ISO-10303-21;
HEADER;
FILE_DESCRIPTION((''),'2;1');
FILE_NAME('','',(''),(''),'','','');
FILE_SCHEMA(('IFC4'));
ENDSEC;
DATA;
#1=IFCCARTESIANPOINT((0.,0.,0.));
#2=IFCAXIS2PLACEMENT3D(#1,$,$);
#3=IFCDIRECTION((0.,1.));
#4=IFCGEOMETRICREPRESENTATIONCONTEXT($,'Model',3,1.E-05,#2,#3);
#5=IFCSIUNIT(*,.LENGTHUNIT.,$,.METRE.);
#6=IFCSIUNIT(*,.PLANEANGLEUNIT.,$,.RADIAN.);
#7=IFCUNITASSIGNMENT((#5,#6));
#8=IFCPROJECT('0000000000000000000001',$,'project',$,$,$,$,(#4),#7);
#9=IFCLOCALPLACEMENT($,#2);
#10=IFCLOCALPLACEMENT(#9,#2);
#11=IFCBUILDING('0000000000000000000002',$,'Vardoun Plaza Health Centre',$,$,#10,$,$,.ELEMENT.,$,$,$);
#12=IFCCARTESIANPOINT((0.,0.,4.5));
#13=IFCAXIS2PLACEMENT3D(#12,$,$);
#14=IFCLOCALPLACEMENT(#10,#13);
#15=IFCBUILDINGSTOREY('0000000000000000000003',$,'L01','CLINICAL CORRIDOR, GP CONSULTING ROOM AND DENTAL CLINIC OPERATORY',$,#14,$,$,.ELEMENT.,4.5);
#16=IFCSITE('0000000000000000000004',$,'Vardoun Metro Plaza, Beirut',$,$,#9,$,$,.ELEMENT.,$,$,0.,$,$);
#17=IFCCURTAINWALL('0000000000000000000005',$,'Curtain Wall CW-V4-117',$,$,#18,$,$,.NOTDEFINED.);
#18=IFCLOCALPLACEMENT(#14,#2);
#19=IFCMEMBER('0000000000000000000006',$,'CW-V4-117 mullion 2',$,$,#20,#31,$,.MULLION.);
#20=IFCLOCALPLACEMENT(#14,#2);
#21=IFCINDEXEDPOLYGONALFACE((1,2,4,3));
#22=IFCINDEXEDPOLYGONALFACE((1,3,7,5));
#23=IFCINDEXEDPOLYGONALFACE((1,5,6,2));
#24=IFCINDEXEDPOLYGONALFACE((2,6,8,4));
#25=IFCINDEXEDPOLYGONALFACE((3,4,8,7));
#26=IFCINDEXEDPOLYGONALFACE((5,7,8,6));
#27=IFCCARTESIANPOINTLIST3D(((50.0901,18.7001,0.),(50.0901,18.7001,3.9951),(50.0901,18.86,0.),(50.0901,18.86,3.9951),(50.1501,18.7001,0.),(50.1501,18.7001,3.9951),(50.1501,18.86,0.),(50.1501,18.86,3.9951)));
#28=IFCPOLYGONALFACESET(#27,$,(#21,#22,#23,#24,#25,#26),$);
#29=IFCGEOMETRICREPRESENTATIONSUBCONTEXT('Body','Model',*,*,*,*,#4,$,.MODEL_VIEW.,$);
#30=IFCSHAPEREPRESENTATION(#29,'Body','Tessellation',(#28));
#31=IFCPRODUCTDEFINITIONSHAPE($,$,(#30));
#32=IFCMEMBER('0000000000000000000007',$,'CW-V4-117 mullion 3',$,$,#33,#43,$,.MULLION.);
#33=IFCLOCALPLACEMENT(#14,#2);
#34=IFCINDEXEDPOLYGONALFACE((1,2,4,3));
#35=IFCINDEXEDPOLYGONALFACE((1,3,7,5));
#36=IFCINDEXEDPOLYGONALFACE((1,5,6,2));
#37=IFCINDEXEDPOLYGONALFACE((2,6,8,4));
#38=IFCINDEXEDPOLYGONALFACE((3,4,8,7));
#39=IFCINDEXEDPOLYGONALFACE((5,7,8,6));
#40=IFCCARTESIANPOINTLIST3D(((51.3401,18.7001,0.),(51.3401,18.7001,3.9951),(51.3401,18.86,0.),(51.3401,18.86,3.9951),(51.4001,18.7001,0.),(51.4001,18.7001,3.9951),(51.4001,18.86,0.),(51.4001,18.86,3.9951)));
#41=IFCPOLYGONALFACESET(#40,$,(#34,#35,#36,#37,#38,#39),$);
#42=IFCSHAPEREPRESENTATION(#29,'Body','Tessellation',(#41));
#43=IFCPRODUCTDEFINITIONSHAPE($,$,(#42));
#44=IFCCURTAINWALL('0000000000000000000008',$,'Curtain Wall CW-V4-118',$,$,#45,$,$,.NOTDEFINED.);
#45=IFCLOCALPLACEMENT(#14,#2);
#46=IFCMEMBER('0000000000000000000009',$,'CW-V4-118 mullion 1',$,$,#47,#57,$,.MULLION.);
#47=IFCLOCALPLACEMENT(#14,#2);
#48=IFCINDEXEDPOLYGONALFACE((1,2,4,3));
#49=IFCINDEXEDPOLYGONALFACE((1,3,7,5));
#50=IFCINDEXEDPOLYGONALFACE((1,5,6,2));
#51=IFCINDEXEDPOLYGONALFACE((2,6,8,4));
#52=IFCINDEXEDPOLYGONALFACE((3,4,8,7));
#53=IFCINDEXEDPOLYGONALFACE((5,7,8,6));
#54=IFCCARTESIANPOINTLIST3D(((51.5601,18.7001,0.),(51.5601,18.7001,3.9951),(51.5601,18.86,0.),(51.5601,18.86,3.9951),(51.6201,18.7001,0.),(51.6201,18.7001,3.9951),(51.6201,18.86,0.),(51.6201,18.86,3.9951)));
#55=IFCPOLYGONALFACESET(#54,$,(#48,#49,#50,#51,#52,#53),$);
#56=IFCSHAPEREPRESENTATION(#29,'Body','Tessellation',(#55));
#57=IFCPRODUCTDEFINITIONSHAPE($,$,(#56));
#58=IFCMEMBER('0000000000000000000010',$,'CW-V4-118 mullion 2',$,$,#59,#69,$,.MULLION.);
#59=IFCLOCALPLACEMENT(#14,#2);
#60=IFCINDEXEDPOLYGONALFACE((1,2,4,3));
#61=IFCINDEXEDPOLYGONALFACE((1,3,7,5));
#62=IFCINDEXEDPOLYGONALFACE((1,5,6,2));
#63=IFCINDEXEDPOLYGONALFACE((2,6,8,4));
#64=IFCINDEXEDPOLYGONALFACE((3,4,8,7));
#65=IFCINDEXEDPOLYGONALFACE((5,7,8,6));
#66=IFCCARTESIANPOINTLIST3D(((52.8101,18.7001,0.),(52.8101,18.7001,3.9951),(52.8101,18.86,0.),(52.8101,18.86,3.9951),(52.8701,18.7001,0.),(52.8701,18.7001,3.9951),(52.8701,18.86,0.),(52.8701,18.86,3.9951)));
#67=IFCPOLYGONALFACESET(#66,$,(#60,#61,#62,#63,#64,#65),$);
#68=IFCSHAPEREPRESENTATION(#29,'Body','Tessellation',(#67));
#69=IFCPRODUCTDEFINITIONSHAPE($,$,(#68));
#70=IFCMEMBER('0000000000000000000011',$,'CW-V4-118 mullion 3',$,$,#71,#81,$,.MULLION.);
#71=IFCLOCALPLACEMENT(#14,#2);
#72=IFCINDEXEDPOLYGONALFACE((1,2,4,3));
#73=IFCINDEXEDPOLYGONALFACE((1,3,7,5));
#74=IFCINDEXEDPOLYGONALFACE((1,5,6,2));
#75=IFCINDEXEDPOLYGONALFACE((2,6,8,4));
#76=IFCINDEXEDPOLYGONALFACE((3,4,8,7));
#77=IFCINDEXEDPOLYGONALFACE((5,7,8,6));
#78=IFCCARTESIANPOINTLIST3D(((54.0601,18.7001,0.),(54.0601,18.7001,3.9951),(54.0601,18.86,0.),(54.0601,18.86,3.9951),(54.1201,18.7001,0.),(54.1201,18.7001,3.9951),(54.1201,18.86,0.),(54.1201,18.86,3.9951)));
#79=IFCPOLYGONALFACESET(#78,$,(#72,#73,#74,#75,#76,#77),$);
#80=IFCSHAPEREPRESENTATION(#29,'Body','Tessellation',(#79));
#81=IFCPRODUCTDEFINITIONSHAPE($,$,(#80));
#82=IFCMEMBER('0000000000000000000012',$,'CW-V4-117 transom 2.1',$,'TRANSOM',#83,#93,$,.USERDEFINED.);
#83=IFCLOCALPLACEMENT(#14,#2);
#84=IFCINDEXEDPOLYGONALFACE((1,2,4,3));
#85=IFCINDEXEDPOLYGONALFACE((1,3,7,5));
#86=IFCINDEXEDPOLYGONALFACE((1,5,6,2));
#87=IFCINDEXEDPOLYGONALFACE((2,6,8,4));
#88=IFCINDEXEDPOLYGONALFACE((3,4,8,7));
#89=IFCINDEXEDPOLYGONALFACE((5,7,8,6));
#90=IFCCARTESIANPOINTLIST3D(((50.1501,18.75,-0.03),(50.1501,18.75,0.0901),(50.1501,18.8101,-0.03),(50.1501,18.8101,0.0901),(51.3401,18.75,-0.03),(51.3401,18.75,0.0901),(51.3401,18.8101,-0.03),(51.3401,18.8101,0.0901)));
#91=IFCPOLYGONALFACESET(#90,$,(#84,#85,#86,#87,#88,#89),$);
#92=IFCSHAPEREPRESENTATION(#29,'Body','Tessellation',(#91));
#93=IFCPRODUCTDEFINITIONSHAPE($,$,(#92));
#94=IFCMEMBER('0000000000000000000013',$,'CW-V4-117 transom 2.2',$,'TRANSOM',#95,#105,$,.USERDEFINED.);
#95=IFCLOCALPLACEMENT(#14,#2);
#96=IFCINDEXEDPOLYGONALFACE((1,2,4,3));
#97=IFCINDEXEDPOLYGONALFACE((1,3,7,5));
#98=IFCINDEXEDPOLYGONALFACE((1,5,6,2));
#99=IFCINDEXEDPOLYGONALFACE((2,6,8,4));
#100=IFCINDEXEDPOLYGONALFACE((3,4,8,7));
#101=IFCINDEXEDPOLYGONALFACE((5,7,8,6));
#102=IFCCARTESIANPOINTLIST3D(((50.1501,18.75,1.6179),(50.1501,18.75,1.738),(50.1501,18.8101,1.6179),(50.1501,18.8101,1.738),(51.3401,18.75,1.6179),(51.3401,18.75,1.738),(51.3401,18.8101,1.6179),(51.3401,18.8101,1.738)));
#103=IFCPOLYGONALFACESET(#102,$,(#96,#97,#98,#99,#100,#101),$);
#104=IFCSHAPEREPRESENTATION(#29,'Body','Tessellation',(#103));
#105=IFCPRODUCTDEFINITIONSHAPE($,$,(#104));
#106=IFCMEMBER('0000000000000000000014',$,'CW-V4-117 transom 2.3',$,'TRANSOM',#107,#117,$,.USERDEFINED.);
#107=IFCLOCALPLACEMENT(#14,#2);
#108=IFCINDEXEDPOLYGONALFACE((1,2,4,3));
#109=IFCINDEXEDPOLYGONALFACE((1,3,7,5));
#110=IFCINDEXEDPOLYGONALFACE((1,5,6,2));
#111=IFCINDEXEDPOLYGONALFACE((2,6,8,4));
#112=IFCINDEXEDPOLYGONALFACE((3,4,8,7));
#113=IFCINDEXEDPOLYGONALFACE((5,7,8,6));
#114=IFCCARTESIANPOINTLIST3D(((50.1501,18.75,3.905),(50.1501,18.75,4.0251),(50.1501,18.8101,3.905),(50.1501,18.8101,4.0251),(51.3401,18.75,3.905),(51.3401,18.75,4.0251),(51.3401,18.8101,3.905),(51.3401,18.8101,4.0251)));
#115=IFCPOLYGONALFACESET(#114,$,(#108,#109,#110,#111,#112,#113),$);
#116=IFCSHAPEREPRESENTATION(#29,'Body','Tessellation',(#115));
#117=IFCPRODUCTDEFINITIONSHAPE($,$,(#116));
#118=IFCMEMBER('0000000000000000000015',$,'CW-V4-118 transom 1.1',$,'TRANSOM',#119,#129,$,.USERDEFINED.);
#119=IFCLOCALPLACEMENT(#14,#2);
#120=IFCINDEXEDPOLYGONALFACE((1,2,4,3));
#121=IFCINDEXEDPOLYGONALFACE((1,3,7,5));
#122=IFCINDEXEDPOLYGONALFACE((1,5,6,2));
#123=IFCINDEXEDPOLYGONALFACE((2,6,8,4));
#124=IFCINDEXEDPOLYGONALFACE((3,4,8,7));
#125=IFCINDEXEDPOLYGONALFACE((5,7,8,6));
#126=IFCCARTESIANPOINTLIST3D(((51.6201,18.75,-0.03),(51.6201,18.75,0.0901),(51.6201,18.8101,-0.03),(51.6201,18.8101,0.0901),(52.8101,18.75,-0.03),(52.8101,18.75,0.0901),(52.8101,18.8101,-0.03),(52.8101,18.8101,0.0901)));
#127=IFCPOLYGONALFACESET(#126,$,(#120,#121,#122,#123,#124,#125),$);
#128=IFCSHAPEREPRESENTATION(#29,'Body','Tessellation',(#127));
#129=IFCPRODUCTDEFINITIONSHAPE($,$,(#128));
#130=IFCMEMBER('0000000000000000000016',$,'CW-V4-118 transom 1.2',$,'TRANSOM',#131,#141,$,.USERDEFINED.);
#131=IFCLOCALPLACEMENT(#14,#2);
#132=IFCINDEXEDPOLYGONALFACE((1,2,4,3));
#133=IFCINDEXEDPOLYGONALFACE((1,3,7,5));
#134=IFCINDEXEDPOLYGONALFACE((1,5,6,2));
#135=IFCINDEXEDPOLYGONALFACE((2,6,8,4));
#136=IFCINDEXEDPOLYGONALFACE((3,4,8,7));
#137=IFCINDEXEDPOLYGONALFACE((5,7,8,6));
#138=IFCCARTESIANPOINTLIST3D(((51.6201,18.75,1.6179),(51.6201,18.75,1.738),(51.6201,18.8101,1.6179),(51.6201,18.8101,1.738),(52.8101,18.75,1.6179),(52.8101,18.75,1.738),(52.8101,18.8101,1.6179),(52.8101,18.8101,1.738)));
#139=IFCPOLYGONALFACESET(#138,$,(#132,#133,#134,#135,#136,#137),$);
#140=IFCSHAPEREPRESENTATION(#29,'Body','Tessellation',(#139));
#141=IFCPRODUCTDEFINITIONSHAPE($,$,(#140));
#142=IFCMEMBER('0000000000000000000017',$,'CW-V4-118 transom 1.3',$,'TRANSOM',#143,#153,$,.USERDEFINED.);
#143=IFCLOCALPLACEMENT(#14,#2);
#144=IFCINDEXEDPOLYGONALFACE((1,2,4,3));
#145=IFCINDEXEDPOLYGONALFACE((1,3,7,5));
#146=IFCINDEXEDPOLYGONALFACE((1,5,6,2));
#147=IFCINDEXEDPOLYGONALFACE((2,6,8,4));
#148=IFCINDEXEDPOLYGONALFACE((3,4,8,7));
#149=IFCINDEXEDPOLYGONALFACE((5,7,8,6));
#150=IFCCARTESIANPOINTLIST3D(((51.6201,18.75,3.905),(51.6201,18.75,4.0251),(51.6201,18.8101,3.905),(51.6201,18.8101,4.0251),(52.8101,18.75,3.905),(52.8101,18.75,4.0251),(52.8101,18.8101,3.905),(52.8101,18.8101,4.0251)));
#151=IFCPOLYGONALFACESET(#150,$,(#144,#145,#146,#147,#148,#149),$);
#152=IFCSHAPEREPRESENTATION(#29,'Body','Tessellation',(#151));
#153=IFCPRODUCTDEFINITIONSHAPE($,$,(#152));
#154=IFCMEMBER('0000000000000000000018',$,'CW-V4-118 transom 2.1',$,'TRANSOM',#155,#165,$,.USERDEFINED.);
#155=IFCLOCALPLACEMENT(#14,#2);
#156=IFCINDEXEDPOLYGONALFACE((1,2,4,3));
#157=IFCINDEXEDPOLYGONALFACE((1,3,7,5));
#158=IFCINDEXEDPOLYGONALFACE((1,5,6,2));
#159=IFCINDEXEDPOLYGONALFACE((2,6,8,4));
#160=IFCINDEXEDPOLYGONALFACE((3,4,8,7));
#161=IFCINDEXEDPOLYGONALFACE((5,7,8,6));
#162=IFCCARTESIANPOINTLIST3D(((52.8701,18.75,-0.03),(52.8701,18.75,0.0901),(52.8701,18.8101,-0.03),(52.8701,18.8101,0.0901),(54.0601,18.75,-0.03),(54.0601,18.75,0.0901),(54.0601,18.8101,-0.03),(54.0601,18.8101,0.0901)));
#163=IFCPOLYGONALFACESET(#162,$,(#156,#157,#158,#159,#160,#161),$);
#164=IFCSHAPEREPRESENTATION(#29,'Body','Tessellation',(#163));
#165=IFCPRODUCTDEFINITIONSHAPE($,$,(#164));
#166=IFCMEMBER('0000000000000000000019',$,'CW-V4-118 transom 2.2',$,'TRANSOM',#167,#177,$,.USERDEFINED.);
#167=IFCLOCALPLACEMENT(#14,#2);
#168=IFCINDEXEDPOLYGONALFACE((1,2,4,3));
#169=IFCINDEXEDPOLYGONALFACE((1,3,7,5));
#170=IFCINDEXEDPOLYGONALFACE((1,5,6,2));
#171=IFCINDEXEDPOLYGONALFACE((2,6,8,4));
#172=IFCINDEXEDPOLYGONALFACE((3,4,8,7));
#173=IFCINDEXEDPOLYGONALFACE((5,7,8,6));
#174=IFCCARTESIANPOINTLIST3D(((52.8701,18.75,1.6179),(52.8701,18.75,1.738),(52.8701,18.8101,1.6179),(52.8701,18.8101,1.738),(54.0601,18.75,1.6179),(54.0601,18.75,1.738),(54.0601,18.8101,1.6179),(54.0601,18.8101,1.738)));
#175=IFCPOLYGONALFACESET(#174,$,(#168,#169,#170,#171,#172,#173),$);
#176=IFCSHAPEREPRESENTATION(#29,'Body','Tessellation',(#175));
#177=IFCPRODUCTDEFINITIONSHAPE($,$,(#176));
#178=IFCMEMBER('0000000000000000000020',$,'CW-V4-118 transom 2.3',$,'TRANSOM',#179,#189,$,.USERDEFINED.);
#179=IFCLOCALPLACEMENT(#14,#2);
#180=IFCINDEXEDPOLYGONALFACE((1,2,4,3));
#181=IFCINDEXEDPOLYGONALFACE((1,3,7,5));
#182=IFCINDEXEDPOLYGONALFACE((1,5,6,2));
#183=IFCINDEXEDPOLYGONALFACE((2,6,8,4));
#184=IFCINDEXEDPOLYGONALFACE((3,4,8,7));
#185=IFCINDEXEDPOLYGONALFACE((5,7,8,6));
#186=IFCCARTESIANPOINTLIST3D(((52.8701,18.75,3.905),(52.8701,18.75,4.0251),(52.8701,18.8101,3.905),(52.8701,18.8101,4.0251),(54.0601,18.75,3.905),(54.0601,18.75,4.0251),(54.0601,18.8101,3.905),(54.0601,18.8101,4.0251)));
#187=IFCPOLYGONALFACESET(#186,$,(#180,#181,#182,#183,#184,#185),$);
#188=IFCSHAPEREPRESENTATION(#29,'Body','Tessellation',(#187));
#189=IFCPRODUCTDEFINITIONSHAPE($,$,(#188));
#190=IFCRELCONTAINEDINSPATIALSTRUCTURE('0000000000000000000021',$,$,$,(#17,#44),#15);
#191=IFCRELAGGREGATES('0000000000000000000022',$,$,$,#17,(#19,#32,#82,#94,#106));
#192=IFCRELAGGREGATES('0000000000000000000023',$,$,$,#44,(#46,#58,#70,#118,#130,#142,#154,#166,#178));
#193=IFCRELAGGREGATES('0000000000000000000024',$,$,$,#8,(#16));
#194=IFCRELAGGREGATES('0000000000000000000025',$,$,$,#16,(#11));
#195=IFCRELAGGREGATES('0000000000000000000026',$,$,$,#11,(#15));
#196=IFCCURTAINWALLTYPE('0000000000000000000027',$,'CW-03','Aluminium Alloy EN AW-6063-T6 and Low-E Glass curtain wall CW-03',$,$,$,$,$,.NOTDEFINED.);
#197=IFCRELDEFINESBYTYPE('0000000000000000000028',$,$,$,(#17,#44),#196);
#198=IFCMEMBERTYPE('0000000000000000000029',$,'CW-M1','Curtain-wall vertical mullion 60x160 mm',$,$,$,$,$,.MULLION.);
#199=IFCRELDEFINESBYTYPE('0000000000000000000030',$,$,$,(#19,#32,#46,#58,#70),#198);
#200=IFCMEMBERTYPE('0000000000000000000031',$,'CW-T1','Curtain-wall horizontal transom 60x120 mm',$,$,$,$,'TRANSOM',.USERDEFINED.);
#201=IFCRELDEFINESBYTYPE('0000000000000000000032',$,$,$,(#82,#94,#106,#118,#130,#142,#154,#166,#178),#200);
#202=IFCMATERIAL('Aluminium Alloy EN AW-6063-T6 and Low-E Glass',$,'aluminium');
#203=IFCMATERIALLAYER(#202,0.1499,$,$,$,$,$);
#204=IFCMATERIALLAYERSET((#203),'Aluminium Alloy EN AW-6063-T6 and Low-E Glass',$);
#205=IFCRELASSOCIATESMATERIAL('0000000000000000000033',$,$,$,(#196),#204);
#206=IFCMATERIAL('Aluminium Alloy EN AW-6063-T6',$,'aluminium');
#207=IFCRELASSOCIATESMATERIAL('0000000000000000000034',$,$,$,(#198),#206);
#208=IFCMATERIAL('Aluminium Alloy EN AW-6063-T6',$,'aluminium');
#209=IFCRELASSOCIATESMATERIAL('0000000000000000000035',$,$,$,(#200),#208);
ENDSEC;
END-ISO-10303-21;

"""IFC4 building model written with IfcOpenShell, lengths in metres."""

from ifc_helpers import new_model, si_unit, direction, frame, origin, origin_2d, place, context, subcontext, project, spatial, rectangle, extrude, material, layer, layer_set, material_profile, profile_set, type_object, element, aggregate, save


model = new_model("IFC4")

# Units and contexts
model_context = context("Model", 3, precision=1e-05, world=origin(), true_north=direction((0.0, 1.0)))
body_context = subcontext(model_context, "Body", "Model", "MODEL_VIEW")
ifc_project = project(units=[si_unit("LENGTHUNIT", "METRE"), si_unit("PLANEANGLEUNIT", "RADIAN")], contexts=[model_context])

# Site, building, storey
site_placement = place(None, origin())
site = spatial("IfcSite", under=ifc_project, at=site_placement, Name="Vardoun Metro Plaza, Beirut", CompositionType="ELEMENT", RefElevation=0.0)
building_placement = place(site_placement, origin())
building = spatial("IfcBuilding", under=site, at=building_placement, Name="Vardoun Plaza Health Centre", CompositionType="ELEMENT")
storey_placement = place(building_placement, frame((0.0, 0.0, 4.5)))
storey = spatial("IfcBuildingStorey", under=building, at=storey_placement, Name="L01", Description="CLINICAL CORRIDOR, GP CONSULTING ROOM AND DENTAL CLINIC OPERATORY", CompositionType="ELEMENT", Elevation=4.5)

# Curtain walls, members
ifc_material_1 = material(Name="Aluminium Alloy EN AW-6063-T6 and Low-E Glass", Category="aluminium")
ifc_layer_1 = layer(ifc_material_1, 0.1499)
ifc_layer_set_1 = layer_set([ifc_layer_1], Name="Aluminium Alloy EN AW-6063-T6 and Low-E Glass")
curtain_wall_type = type_object("IfcCurtainWallType", Name="CW-03", Description="Aluminium Alloy EN AW-6063-T6 and Low-E Glass curtain wall CW-03", PredefinedType="NOTDEFINED", material=ifc_layer_set_1)
curtain_wall_1_placement = place(storey_placement, origin())
curtain_wall_1 = element("IfcCurtainWall", 1, at=curtain_wall_1_placement, inside=storey, type_object=curtain_wall_type, Name="Curtain Wall CW-V4-117", PredefinedType="NOTDEFINED")
ifc_material_2 = material(Name="Aluminium Alloy EN AW-6063-T6", Category="aluminium")
ifc_material_profile_1 = material_profile(ifc_material_2, rectangle(XDim=0.1599, YDim=0.0601, at=origin_2d()), Name="CWM 60x160")
ifc_profile_set_1 = profile_set([ifc_material_profile_1], Name="Aluminium Alloy EN AW-6063-T6")
member_type_1 = type_object("IfcMemberType", Name="CW-M1", Description="Curtain-wall vertical mullion 60x160 mm", PredefinedType="MULLION", material=ifc_profile_set_1)
member_1_placement = place(storey_placement, frame((50.1201, 18.78, 0.0), z_axis=(0.0, 0.0, 1.0), x_axis=(0.0, 1.0, 0.0)))
member_1 = element("IfcMember", 2, at=member_1_placement, type_object=member_type_1, Name="CW-V4-117 mullion 2", PredefinedType="MULLION", context=body_context, shape_type="SweptSolid", body=[
    extrude(rectangle(XDim=0.1599, YDim=0.0601, at=origin_2d()), origin(), (0.0, 0.0, 1.0), 3.9951),
])
member_2_placement = place(storey_placement, frame((51.3701, 18.78, 0.0), z_axis=(0.0, 0.0, 1.0), x_axis=(0.0, 1.0, 0.0)))
member_2 = element("IfcMember", 3, at=member_2_placement, type_object=member_type_1, Name="CW-V4-117 mullion 3", PredefinedType="MULLION", context=body_context, shape_type="SweptSolid", body=[
    extrude(rectangle(XDim=0.1599, YDim=0.0601, at=origin_2d()), origin(), (0.0, 0.0, 1.0), 3.9951),
])
curtain_wall_2_placement = place(storey_placement, origin())
curtain_wall_2 = element("IfcCurtainWall", 4, at=curtain_wall_2_placement, inside=storey, type_object=curtain_wall_type, Name="Curtain Wall CW-V4-118", PredefinedType="NOTDEFINED")
member_3_placement = place(storey_placement, frame((51.5901, 18.78, 0.0), z_axis=(0.0, 0.0, 1.0), x_axis=(0.0, 1.0, 0.0)))
member_3 = element("IfcMember", 5, at=member_3_placement, type_object=member_type_1, Name="CW-V4-118 mullion 1", PredefinedType="MULLION", context=body_context, shape_type="SweptSolid", body=[
    extrude(rectangle(XDim=0.1599, YDim=0.0601, at=origin_2d()), origin(), (0.0, 0.0, 1.0), 3.9951),
])
member_4_placement = place(storey_placement, frame((52.8401, 18.78, 0.0), z_axis=(0.0, 0.0, 1.0), x_axis=(0.0, 1.0, 0.0)))
member_4 = element("IfcMember", 6, at=member_4_placement, type_object=member_type_1, Name="CW-V4-118 mullion 2", PredefinedType="MULLION", context=body_context, shape_type="SweptSolid", body=[
    extrude(rectangle(XDim=0.1599, YDim=0.0601, at=origin_2d()), origin(), (0.0, 0.0, 1.0), 3.9951),
])
member_5_placement = place(storey_placement, frame((54.0901, 18.78, 0.0), z_axis=(0.0, 0.0, 1.0), x_axis=(0.0, 1.0, 0.0)))
member_5 = element("IfcMember", 7, at=member_5_placement, type_object=member_type_1, Name="CW-V4-118 mullion 3", PredefinedType="MULLION", context=body_context, shape_type="SweptSolid", body=[
    extrude(rectangle(XDim=0.1599, YDim=0.0601, at=origin_2d()), origin(), (0.0, 0.0, 1.0), 3.9951),
])

# Members
ifc_material_3 = material(Name="Aluminium Alloy EN AW-6063-T6", Category="aluminium")
ifc_material_profile_2 = material_profile(ifc_material_3, rectangle(XDim=0.0601, YDim=0.1201, at=origin_2d()), Name="CWT 60x120")
ifc_profile_set_2 = profile_set([ifc_material_profile_2], Name="Aluminium Alloy EN AW-6063-T6")
member_type_2 = type_object("IfcMemberType", Name="CW-T1", Description="Curtain-wall horizontal transom 60x120 mm", ElementType="TRANSOM", PredefinedType="USERDEFINED", material=ifc_profile_set_2)
member_6_placement = place(storey_placement, frame((50.1501, 18.78, 0.03), z_axis=(1.0, 0.0, 0.0), x_axis=(0.0, 1.0, 0.0)))
member_6 = element("IfcMember", 8, at=member_6_placement, type_object=member_type_2, Name="CW-V4-117 transom 2.1", ObjectType="TRANSOM", PredefinedType="USERDEFINED", context=body_context, shape_type="SweptSolid", body=[
    extrude(rectangle(XDim=0.0601, YDim=0.1201, at=origin_2d()), origin(), (0.0, 0.0, 1.0), 1.1899),
])
member_7_placement = place(storey_placement, frame((50.1501, 18.78, 1.678), z_axis=(1.0, 0.0, 0.0), x_axis=(0.0, 1.0, 0.0)))
member_7 = element("IfcMember", 9, at=member_7_placement, type_object=member_type_2, Name="CW-V4-117 transom 2.2", ObjectType="TRANSOM", PredefinedType="USERDEFINED", context=body_context, shape_type="SweptSolid", body=[
    extrude(rectangle(XDim=0.0601, YDim=0.1201, at=origin_2d()), origin(), (0.0, 0.0, 1.0), 1.1899),
])
member_8_placement = place(storey_placement, frame((50.1501, 18.78, 3.9651), z_axis=(1.0, 0.0, 0.0), x_axis=(0.0, 1.0, 0.0)))
member_8 = element("IfcMember", 10, at=member_8_placement, type_object=member_type_2, Name="CW-V4-117 transom 2.3", ObjectType="TRANSOM", PredefinedType="USERDEFINED", context=body_context, shape_type="SweptSolid", body=[
    extrude(rectangle(XDim=0.0601, YDim=0.1201, at=origin_2d()), origin(), (0.0, 0.0, 1.0), 1.1899),
])
member_9_placement = place(storey_placement, frame((51.6201, 18.78, 0.03), z_axis=(1.0, 0.0, 0.0), x_axis=(0.0, 1.0, 0.0)))
member_9 = element("IfcMember", 11, at=member_9_placement, type_object=member_type_2, Name="CW-V4-118 transom 1.1", ObjectType="TRANSOM", PredefinedType="USERDEFINED", context=body_context, shape_type="SweptSolid", body=[
    extrude(rectangle(XDim=0.0601, YDim=0.1201, at=origin_2d()), origin(), (0.0, 0.0, 1.0), 1.1899),
])
member_10_placement = place(storey_placement, frame((51.6201, 18.78, 1.678), z_axis=(1.0, 0.0, 0.0), x_axis=(0.0, 1.0, 0.0)))
member_10 = element("IfcMember", 12, at=member_10_placement, type_object=member_type_2, Name="CW-V4-118 transom 1.2", ObjectType="TRANSOM", PredefinedType="USERDEFINED", context=body_context, shape_type="SweptSolid", body=[
    extrude(rectangle(XDim=0.0601, YDim=0.1201, at=origin_2d()), origin(), (0.0, 0.0, 1.0), 1.1899),
])
member_11_placement = place(storey_placement, frame((51.6201, 18.78, 3.9651), z_axis=(1.0, 0.0, 0.0), x_axis=(0.0, 1.0, 0.0)))
member_11 = element("IfcMember", 13, at=member_11_placement, type_object=member_type_2, Name="CW-V4-118 transom 1.3", ObjectType="TRANSOM", PredefinedType="USERDEFINED", context=body_context, shape_type="SweptSolid", body=[
    extrude(rectangle(XDim=0.0601, YDim=0.1201, at=origin_2d()), origin(), (0.0, 0.0, 1.0), 1.1899),
])
member_12_placement = place(storey_placement, frame((52.8701, 18.78, 0.03), z_axis=(1.0, 0.0, 0.0), x_axis=(0.0, 1.0, 0.0)))
member_12 = element("IfcMember", 14, at=member_12_placement, type_object=member_type_2, Name="CW-V4-118 transom 2.1", ObjectType="TRANSOM", PredefinedType="USERDEFINED", context=body_context, shape_type="SweptSolid", body=[
    extrude(rectangle(XDim=0.0601, YDim=0.1201, at=origin_2d()), origin(), (0.0, 0.0, 1.0), 1.1899),
])
member_13_placement = place(storey_placement, frame((52.8701, 18.78, 1.678), z_axis=(1.0, 0.0, 0.0), x_axis=(0.0, 1.0, 0.0)))
member_13 = element("IfcMember", 15, at=member_13_placement, type_object=member_type_2, Name="CW-V4-118 transom 2.2", ObjectType="TRANSOM", PredefinedType="USERDEFINED", context=body_context, shape_type="SweptSolid", body=[
    extrude(rectangle(XDim=0.0601, YDim=0.1201, at=origin_2d()), origin(), (0.0, 0.0, 1.0), 1.1899),
])
member_14_placement = place(storey_placement, frame((52.8701, 18.78, 3.9651), z_axis=(1.0, 0.0, 0.0), x_axis=(0.0, 1.0, 0.0)))
member_14 = element("IfcMember", 16, at=member_14_placement, type_object=member_type_2, Name="CW-V4-118 transom 2.3", ObjectType="TRANSOM", PredefinedType="USERDEFINED", context=body_context, shape_type="SweptSolid", body=[
    extrude(rectangle(XDim=0.0601, YDim=0.1201, at=origin_2d()), origin(), (0.0, 0.0, 1.0), 1.1899),
])

aggregate(curtain_wall_1, [member_1, member_2, member_6, member_7, member_8])
aggregate(curtain_wall_2, [member_3, member_4, member_5, member_9, member_10, member_11, member_12, member_13, member_14])

save(model, "model.ifc")
